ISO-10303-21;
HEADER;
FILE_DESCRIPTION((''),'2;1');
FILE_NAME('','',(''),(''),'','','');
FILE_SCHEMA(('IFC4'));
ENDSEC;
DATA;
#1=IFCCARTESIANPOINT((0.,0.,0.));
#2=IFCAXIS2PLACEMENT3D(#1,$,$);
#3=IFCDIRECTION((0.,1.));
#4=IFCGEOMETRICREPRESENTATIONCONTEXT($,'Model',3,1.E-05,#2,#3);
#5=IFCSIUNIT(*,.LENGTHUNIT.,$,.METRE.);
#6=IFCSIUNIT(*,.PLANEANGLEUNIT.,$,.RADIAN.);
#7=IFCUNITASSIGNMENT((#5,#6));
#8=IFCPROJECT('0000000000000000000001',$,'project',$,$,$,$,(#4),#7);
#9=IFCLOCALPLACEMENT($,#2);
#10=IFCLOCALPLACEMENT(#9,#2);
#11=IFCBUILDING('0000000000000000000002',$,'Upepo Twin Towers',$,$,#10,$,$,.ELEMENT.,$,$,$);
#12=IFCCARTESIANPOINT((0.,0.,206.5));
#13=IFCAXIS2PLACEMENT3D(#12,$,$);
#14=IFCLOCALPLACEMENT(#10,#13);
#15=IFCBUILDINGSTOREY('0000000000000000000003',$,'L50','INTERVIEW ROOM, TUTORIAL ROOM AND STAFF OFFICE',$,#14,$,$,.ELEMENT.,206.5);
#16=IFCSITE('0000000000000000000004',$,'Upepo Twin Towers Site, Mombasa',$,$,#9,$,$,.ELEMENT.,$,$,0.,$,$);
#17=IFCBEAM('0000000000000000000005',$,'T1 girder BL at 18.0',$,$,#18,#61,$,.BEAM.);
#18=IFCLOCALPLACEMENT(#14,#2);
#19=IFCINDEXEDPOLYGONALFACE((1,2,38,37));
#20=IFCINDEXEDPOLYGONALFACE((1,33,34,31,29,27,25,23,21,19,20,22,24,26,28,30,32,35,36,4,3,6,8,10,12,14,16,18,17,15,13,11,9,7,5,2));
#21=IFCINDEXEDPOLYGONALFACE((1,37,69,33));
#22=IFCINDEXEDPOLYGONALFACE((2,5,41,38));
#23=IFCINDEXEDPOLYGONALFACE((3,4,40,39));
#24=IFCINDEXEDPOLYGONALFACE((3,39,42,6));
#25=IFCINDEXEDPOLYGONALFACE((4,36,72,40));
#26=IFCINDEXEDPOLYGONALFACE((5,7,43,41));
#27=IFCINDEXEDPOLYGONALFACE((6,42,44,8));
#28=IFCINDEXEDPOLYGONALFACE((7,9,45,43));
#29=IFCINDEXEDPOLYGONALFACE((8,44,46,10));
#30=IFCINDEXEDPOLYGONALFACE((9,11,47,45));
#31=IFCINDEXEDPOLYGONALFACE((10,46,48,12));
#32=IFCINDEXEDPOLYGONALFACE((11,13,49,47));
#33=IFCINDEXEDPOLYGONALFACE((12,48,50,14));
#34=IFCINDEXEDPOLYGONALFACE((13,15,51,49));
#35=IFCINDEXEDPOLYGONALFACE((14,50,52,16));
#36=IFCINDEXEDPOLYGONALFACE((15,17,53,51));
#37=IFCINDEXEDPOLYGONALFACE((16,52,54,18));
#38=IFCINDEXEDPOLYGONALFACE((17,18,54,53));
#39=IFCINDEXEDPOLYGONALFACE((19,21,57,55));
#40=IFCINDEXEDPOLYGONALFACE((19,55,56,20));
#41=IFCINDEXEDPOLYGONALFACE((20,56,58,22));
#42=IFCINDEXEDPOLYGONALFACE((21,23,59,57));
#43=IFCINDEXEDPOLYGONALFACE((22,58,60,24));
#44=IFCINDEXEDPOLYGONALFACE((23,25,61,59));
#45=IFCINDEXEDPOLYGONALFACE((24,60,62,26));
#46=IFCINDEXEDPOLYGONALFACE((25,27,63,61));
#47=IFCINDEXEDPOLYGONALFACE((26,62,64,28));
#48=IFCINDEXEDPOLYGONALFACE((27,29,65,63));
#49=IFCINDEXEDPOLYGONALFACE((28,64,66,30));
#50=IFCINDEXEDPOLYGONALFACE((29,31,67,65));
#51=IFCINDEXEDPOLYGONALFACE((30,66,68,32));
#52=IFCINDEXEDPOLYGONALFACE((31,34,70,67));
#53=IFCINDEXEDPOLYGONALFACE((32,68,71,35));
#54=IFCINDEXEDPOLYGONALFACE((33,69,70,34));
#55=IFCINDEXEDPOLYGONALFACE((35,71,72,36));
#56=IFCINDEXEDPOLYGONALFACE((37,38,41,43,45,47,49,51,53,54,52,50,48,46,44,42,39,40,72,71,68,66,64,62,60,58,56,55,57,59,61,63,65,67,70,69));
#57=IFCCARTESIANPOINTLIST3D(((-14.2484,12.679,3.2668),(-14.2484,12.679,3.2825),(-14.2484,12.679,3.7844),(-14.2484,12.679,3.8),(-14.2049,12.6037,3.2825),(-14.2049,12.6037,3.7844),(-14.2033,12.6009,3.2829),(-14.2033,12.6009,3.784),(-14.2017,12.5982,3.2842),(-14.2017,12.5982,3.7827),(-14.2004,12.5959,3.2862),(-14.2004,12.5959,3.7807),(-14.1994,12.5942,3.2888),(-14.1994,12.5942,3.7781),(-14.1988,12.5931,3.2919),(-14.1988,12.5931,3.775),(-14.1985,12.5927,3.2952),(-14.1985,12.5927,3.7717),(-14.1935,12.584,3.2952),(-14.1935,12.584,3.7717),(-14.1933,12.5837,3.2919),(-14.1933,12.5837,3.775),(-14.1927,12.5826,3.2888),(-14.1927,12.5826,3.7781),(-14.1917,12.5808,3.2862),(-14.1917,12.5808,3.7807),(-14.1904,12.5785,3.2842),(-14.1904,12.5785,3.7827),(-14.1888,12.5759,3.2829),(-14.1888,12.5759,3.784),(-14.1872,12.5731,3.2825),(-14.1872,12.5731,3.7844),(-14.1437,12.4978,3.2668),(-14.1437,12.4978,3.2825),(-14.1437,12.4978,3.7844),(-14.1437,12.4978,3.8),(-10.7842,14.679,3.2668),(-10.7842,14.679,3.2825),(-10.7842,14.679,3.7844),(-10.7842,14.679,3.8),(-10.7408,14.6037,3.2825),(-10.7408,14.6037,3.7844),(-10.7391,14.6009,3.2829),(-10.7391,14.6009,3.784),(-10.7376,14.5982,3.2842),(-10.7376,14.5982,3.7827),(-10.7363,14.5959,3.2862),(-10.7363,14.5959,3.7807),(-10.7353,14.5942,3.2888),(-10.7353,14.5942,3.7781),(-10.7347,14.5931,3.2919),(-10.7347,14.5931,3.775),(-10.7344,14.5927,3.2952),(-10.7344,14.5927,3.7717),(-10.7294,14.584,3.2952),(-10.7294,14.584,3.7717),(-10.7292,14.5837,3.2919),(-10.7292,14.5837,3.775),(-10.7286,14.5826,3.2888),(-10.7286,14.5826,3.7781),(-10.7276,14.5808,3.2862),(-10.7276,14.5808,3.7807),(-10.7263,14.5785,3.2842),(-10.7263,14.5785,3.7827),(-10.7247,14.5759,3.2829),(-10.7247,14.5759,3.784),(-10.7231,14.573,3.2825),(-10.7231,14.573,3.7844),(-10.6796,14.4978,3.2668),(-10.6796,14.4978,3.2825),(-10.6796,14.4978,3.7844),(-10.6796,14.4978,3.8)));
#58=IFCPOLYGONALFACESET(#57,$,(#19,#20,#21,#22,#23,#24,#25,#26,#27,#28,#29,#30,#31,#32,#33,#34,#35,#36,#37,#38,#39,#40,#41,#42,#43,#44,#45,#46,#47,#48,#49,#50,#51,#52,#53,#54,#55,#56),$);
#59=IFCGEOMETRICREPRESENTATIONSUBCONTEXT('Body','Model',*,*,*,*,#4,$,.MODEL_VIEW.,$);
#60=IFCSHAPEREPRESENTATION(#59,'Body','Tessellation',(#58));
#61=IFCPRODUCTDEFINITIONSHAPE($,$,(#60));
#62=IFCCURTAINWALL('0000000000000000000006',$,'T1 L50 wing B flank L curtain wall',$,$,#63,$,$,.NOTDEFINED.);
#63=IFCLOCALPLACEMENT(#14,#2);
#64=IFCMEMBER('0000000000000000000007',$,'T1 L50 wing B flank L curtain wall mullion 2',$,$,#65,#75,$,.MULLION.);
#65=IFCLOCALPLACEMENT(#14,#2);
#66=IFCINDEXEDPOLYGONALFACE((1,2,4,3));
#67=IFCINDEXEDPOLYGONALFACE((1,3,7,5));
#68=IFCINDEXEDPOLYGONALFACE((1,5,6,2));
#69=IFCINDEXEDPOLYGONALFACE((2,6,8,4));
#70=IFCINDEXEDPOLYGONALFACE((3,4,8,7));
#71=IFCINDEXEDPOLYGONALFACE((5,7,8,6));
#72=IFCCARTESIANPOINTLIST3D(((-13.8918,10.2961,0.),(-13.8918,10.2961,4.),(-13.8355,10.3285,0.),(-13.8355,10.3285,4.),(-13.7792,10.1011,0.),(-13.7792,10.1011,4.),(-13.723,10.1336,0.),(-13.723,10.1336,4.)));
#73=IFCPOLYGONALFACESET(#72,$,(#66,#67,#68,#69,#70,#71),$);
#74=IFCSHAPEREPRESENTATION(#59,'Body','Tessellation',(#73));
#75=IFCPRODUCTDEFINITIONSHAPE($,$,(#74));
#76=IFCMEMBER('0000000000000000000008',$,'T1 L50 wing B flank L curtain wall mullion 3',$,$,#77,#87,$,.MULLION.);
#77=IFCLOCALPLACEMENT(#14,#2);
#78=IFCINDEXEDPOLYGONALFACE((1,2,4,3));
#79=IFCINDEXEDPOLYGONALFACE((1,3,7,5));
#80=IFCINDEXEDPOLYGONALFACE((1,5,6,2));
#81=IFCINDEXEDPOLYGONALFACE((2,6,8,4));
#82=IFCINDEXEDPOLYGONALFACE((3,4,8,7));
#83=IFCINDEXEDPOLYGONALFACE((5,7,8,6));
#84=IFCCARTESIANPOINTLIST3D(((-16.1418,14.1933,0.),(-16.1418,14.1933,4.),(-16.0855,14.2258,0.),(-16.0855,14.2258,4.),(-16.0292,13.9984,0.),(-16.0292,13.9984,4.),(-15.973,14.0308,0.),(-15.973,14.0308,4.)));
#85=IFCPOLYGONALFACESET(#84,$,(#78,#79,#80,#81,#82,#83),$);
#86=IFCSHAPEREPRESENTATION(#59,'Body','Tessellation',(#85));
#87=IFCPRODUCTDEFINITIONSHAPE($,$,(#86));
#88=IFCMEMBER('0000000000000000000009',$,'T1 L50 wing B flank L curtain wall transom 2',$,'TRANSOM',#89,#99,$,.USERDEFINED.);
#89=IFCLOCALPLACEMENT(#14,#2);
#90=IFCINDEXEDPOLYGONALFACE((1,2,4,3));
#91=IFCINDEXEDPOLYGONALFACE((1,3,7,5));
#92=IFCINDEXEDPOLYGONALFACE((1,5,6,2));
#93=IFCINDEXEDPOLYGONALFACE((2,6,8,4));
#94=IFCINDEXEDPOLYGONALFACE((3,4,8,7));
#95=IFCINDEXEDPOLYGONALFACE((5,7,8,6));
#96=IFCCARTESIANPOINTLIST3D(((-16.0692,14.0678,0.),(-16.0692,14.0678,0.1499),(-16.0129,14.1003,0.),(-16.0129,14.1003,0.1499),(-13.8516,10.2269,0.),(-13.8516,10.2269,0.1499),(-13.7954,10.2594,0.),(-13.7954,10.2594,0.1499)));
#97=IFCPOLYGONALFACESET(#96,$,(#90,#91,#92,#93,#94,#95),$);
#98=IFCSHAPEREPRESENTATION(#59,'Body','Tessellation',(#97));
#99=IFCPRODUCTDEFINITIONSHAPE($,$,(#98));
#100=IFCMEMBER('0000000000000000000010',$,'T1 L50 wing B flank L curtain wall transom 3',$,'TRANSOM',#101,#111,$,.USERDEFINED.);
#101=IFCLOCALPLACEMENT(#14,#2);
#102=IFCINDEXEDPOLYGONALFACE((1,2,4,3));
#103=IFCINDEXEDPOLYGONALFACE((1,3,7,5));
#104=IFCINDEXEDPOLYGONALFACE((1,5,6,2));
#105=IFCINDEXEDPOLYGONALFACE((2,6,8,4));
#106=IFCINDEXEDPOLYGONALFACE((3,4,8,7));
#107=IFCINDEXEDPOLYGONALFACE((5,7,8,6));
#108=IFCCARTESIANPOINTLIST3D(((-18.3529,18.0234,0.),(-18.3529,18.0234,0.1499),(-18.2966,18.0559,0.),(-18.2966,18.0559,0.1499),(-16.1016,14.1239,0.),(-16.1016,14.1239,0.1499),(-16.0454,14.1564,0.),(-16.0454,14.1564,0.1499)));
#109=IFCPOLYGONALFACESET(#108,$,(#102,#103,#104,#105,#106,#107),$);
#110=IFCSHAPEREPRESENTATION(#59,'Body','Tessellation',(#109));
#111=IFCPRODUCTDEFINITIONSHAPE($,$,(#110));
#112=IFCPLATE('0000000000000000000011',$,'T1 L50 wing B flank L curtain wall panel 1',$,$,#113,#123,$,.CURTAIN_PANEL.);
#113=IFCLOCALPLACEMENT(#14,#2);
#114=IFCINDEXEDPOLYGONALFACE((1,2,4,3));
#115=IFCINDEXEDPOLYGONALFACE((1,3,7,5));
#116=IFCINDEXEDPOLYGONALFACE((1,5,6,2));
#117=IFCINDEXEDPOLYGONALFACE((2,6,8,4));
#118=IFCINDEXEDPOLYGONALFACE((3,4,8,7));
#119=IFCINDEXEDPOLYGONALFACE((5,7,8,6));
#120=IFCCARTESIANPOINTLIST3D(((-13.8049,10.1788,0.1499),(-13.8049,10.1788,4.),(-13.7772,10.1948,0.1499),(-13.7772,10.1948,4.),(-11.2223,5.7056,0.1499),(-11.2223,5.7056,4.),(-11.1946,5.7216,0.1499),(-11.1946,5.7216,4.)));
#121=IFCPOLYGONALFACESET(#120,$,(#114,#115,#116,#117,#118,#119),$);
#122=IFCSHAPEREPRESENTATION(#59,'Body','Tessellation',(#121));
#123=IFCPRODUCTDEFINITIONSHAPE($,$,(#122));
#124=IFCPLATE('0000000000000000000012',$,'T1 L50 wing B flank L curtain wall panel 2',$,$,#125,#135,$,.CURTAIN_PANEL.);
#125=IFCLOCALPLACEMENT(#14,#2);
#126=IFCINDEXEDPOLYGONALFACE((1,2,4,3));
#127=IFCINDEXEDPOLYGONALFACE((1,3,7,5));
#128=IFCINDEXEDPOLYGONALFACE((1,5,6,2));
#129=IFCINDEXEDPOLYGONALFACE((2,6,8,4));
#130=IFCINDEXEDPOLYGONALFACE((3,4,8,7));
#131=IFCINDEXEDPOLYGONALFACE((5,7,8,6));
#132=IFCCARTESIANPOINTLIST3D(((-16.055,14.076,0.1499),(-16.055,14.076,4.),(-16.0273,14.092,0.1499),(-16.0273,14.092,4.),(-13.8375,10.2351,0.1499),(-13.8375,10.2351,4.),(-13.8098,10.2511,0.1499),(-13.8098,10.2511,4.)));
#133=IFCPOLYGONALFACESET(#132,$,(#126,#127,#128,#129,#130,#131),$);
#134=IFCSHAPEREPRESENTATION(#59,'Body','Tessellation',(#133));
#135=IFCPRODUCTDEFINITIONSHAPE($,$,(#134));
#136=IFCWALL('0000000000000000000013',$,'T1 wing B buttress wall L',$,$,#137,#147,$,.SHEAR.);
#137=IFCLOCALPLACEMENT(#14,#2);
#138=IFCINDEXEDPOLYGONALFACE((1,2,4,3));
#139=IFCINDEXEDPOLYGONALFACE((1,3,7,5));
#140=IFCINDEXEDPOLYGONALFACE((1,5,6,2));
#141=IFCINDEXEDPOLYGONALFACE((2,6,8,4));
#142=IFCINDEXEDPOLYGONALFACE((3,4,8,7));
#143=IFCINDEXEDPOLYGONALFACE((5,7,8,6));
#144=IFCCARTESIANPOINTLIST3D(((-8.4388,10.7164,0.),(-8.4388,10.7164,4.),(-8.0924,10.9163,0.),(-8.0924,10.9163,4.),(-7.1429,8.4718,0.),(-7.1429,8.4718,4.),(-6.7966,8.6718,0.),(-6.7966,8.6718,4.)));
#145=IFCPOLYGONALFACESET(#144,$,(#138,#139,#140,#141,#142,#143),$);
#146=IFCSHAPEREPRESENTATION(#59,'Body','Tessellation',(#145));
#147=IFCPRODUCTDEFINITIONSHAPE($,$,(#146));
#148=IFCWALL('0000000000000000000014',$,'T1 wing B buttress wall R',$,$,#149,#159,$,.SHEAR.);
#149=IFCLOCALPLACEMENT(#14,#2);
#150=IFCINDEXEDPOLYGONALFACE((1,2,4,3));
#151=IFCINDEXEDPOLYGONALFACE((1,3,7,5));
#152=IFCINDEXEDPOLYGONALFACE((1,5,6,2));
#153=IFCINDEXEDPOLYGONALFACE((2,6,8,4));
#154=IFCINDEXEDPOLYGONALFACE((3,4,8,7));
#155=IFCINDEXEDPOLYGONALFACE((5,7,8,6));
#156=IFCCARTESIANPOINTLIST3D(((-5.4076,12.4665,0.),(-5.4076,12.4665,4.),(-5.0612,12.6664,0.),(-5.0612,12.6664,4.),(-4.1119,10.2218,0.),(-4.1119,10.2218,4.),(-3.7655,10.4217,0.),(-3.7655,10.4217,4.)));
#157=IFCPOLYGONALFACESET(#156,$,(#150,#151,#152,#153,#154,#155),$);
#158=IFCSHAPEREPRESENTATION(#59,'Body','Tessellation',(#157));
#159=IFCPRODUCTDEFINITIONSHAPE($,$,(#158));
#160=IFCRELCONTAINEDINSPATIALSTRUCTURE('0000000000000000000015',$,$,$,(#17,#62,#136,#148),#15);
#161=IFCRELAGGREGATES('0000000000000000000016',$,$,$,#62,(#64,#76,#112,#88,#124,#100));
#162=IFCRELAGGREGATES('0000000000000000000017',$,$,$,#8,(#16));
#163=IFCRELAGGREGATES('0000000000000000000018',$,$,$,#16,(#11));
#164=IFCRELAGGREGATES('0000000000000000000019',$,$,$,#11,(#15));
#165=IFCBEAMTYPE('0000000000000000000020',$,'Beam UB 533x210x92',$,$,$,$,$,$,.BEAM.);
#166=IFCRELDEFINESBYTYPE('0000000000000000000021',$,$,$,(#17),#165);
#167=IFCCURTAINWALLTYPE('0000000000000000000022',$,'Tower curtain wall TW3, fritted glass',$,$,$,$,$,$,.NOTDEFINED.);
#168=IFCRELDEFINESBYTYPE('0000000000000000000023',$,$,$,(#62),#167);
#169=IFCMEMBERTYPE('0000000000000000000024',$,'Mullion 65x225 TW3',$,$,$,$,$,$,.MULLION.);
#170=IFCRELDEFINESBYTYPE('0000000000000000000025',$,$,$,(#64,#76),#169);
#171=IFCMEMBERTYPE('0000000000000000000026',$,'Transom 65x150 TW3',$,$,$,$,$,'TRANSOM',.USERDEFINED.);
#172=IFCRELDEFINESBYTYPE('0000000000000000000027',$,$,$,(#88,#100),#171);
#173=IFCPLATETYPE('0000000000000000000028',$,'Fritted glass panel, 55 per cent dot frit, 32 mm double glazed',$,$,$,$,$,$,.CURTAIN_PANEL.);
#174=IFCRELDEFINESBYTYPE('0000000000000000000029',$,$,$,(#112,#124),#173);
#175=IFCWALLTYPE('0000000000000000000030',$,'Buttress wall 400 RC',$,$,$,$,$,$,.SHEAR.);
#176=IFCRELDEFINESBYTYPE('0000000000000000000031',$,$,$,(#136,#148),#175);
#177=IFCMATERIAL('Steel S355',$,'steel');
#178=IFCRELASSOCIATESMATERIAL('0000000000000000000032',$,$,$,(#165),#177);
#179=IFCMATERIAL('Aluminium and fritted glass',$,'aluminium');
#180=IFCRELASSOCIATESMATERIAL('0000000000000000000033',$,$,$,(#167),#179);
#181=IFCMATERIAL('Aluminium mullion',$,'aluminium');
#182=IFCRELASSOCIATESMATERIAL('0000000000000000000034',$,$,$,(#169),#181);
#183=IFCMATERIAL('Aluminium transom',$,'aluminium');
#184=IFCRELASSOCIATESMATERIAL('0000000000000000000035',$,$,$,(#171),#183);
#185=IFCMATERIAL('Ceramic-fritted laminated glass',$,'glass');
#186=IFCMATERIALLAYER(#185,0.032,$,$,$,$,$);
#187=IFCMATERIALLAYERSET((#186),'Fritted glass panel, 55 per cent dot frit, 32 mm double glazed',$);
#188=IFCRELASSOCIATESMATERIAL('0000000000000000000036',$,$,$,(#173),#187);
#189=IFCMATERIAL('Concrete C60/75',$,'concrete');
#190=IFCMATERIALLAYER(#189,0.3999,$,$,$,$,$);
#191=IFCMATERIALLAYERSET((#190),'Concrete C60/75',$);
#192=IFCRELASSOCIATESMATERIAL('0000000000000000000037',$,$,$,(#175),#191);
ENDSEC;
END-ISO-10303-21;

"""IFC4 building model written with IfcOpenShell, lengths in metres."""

from ifc_helpers import new_model, si_unit, direction, frame, frame_2d, origin, origin_2d, place, context, subcontext, project, spatial, rectangle, i_section, extrude, material, layer, layer_set, material_profile, profile_set, type_object, element, aggregate, save


model = new_model("IFC4")

# Units and contexts
model_context = context("Model", 3, precision=1e-05, world=origin(), true_north=direction((0.0, 1.0)))
body_context = subcontext(model_context, "Body", "Model", "MODEL_VIEW")
ifc_project = project(units=[si_unit("LENGTHUNIT", "METRE"), si_unit("PLANEANGLEUNIT", "RADIAN")], contexts=[model_context])

# Site, building, storey
site_placement = place(None, origin())
site = spatial("IfcSite", under=ifc_project, at=site_placement, Name="Upepo Twin Towers Site, Mombasa", CompositionType="ELEMENT", RefElevation=0.0)
building_placement = place(site_placement, origin())
building = spatial("IfcBuilding", under=site, at=building_placement, Name="Upepo Twin Towers", CompositionType="ELEMENT")
storey_placement = place(building_placement, frame((0.0, 0.0, 206.5)))
storey = spatial("IfcBuildingStorey", under=building, at=storey_placement, Name="L50", Description="INTERVIEW ROOM, TUTORIAL ROOM AND STAFF OFFICE", CompositionType="ELEMENT", Elevation=206.5)

# Beam
ifc_material_1 = material(Name="Steel S355", Category="steel")
ifc_material_profile_1 = material_profile(ifc_material_1, i_section(OverallWidth=0.2092, OverallDepth=0.5332, WebThickness=0.01, FlangeThickness=0.0156, FilletRadius=0.0127, at=origin_2d()), Name="UB 533x210x92")
ifc_profile_set_1 = profile_set([ifc_material_profile_1], Name="Steel S355")
beam_type_1 = type_object("IfcBeamType", Name="Beam UB 533x210x92", PredefinedType="BEAM", material=ifc_profile_set_1)
for number, where, z_axis, x_axis, name in (
    (1, (-14.196, 12.5884, 3.5334), (0.866026, 0.499999, 0.0), (-0.499999, 0.866026, 0.0), "T1 girder BL at 18.0"),
):
    element("IfcBeam", number, at=place(storey_placement, frame(where, z_axis=z_axis, x_axis=x_axis)), inside=storey, type_object=beam_type_1, Name=name, PredefinedType="BEAM", context=body_context, shape_type="SweptSolid", body=[
        extrude(i_section(OverallWidth=0.2092, OverallDepth=0.5332, WebThickness=0.01, FlangeThickness=0.0156, FilletRadius=0.0127, at=origin_2d()), origin(), (0.0, 0.0, 1.0), 4.0),
    ])

# Curtain wall, members, plates
ifc_material_2 = material(Name="Aluminium and fritted glass", Category="aluminium")
curtain_wall_type = type_object("IfcCurtainWallType", Name="Tower curtain wall TW3, fritted glass", PredefinedType="NOTDEFINED", material=ifc_material_2)
curtain_wall_placement = place(storey_placement, origin())
curtain_wall = element("IfcCurtainWall", 2, at=curtain_wall_placement, inside=storey, type_object=curtain_wall_type, Name="T1 L50 wing B flank L curtain wall", PredefinedType="NOTDEFINED")
ifc_material_3 = material(Name="Aluminium mullion", Category="aluminium")
ifc_material_profile_2 = material_profile(ifc_material_3, rectangle(XDim=0.0649, YDim=0.2251, at=origin_2d()), Name="MULLION 65x225")
ifc_profile_set_2 = profile_set([ifc_material_profile_2], Name="Aluminium mullion")
member_type_1 = type_object("IfcMemberType", Name="Mullion 65x225 TW3", PredefinedType="MULLION", material=ifc_profile_set_2)
member_1_placement = place(storey_placement, frame((-13.8074, 10.2148, 0.0), z_axis=(0.0, 0.0, 1.0), x_axis=(-0.866025, -0.5, 0.0)))
member_1 = element("IfcMember", 3, at=member_1_placement, type_object=member_type_1, Name="T1 L50 wing B flank L curtain wall mullion 2", PredefinedType="MULLION", context=body_context, shape_type="SweptSolid", body=[
    extrude(rectangle(XDim=0.0649, YDim=0.2251, at=origin_2d()), origin(), (0.0, 0.0, 1.0), 4.0),
])
member_2_placement = place(storey_placement, frame((-16.0574, 14.1121, 0.0), z_axis=(0.0, 0.0, 1.0), x_axis=(-0.866025, -0.5, 0.0)))
member_2 = element("IfcMember", 4, at=member_2_placement, type_object=member_type_1, Name="T1 L50 wing B flank L curtain wall mullion 3", PredefinedType="MULLION", context=body_context, shape_type="SweptSolid", body=[
    extrude(rectangle(XDim=0.0649, YDim=0.2251, at=origin_2d()), origin(), (0.0, 0.0, 1.0), 4.0),
])
ifc_material_4 = material(Name="Aluminium transom", Category="aluminium")
ifc_material_profile_3 = material_profile(ifc_material_4, rectangle(XDim=0.0649, YDim=0.1499, at=origin_2d()), Name="TRANSOM 65x150")
ifc_profile_set_3 = profile_set([ifc_material_profile_3], Name="Aluminium transom")
member_type_2 = type_object("IfcMemberType", Name="Transom 65x150 TW3", ElementType="TRANSOM", PredefinedType="USERDEFINED", material=ifc_profile_set_3)
member_3_placement = place(storey_placement, frame((-13.8235, 10.2432, 0.075), z_axis=(-0.500005, 0.866022, 0.0), x_axis=(-0.866022, -0.500005, 0.0)))
member_3 = element("IfcMember", 5, at=member_3_placement, type_object=member_type_2, Name="T1 L50 wing B flank L curtain wall transom 2", ObjectType="TRANSOM", PredefinedType="USERDEFINED", context=body_context, shape_type="SweptSolid", body=[
    extrude(rectangle(XDim=0.0649, YDim=0.1499, at=origin_2d()), origin(), (0.0, 0.0, 1.0), 4.4351),
])
member_4_placement = place(storey_placement, frame((-16.0735, 14.1401, 0.075), z_axis=(-0.499982, 0.866036, 0.0), x_axis=(-0.866036, -0.499982, 0.0)))
member_4 = element("IfcMember", 6, at=member_4_placement, type_object=member_type_2, Name="T1 L50 wing B flank L curtain wall transom 3", ObjectType="TRANSOM", PredefinedType="USERDEFINED", context=body_context, shape_type="SweptSolid", body=[
    extrude(rectangle(XDim=0.0649, YDim=0.1499, at=origin_2d()), origin(), (0.0, 0.0, 1.0), 4.5027),
])
ifc_material_5 = material(Name="Ceramic-fritted laminated glass", Category="glass")
ifc_layer_1 = layer(ifc_material_5, 0.032)
ifc_layer_set_1 = layer_set([ifc_layer_1], Name="Fritted glass panel, 55 per cent dot frit, 32 mm double glazed")
plate_type = type_object("IfcPlateType", Name="Fritted glass panel, 55 per cent dot frit, 32 mm double glazed", PredefinedType="CURTAIN_PANEL", material=ifc_layer_set_1)
plate_1_placement = place(storey_placement, frame((-12.4998, 7.9502, 0.1499), z_axis=(0.0, 0.0, 1.0), x_axis=(-0.5, 0.866025, 0.0)))
plate_1 = element("IfcPlate", 7, at=plate_1_placement, type_object=plate_type, Name="T1 L50 wing B flank L curtain wall panel 1", PredefinedType="CURTAIN_PANEL", context=body_context, shape_type="SweptSolid", body=[
    extrude(rectangle(XDim=5.1653, YDim=0.032, at=origin_2d()), origin(), (0.0, 0.0, 1.0), 3.8501),
])
plate_2_placement = place(storey_placement, frame((-14.9324, 12.1636, 0.1499), z_axis=(0.0, 0.0, 1.0), x_axis=(-0.5, 0.866025, 0.0)))
plate_2 = element("IfcPlate", 8, at=plate_2_placement, type_object=plate_type, Name="T1 L50 wing B flank L curtain wall panel 2", PredefinedType="CURTAIN_PANEL", context=body_context, shape_type="SweptSolid", body=[
    extrude(rectangle(XDim=4.4351, YDim=0.032, at=origin_2d()), origin(), (0.0, 0.0, 1.0), 3.8501),
])
aggregate(curtain_wall, [member_1, member_2, plate_1, member_3, plate_2, member_4])

# Walls
ifc_material_6 = material(Name="Concrete C60/75", Category="concrete")
ifc_layer_2 = layer(ifc_material_6, 0.3999)
ifc_layer_set_2 = layer_set([ifc_layer_2], Name="Concrete C60/75")
wall_type_1 = type_object("IfcWallType", Name="Buttress wall 400 RC", PredefinedType="SHEAR", material=ifc_layer_set_2)
for number, where, z_axis, x_axis, name in (
    (9, (-6.9697, 8.5718, 0.0), (0.0, 0.0, 1.0), (-0.499989, 0.866032, 0.0), "T1 wing B buttress wall L"),
    (10, (-3.9387, 10.3218, 0.0), (0.0, 0.0, 1.0), (-0.499918, 0.866073, 0.0), "T1 wing B buttress wall R"),
):
    element("IfcWall", number, at=place(storey_placement, frame(where, z_axis=z_axis, x_axis=x_axis)), inside=storey, type_object=wall_type_1, Name=name, PredefinedType="SHEAR", context=body_context, shape_type="SweptSolid", body=[
        extrude(rectangle(XDim=2.5918, YDim=0.3999, at=frame_2d((1.2959, 0.0))), origin(), (0.0, 0.0, 1.0), 4.0),
    ])

save(model, "model.ifc")
